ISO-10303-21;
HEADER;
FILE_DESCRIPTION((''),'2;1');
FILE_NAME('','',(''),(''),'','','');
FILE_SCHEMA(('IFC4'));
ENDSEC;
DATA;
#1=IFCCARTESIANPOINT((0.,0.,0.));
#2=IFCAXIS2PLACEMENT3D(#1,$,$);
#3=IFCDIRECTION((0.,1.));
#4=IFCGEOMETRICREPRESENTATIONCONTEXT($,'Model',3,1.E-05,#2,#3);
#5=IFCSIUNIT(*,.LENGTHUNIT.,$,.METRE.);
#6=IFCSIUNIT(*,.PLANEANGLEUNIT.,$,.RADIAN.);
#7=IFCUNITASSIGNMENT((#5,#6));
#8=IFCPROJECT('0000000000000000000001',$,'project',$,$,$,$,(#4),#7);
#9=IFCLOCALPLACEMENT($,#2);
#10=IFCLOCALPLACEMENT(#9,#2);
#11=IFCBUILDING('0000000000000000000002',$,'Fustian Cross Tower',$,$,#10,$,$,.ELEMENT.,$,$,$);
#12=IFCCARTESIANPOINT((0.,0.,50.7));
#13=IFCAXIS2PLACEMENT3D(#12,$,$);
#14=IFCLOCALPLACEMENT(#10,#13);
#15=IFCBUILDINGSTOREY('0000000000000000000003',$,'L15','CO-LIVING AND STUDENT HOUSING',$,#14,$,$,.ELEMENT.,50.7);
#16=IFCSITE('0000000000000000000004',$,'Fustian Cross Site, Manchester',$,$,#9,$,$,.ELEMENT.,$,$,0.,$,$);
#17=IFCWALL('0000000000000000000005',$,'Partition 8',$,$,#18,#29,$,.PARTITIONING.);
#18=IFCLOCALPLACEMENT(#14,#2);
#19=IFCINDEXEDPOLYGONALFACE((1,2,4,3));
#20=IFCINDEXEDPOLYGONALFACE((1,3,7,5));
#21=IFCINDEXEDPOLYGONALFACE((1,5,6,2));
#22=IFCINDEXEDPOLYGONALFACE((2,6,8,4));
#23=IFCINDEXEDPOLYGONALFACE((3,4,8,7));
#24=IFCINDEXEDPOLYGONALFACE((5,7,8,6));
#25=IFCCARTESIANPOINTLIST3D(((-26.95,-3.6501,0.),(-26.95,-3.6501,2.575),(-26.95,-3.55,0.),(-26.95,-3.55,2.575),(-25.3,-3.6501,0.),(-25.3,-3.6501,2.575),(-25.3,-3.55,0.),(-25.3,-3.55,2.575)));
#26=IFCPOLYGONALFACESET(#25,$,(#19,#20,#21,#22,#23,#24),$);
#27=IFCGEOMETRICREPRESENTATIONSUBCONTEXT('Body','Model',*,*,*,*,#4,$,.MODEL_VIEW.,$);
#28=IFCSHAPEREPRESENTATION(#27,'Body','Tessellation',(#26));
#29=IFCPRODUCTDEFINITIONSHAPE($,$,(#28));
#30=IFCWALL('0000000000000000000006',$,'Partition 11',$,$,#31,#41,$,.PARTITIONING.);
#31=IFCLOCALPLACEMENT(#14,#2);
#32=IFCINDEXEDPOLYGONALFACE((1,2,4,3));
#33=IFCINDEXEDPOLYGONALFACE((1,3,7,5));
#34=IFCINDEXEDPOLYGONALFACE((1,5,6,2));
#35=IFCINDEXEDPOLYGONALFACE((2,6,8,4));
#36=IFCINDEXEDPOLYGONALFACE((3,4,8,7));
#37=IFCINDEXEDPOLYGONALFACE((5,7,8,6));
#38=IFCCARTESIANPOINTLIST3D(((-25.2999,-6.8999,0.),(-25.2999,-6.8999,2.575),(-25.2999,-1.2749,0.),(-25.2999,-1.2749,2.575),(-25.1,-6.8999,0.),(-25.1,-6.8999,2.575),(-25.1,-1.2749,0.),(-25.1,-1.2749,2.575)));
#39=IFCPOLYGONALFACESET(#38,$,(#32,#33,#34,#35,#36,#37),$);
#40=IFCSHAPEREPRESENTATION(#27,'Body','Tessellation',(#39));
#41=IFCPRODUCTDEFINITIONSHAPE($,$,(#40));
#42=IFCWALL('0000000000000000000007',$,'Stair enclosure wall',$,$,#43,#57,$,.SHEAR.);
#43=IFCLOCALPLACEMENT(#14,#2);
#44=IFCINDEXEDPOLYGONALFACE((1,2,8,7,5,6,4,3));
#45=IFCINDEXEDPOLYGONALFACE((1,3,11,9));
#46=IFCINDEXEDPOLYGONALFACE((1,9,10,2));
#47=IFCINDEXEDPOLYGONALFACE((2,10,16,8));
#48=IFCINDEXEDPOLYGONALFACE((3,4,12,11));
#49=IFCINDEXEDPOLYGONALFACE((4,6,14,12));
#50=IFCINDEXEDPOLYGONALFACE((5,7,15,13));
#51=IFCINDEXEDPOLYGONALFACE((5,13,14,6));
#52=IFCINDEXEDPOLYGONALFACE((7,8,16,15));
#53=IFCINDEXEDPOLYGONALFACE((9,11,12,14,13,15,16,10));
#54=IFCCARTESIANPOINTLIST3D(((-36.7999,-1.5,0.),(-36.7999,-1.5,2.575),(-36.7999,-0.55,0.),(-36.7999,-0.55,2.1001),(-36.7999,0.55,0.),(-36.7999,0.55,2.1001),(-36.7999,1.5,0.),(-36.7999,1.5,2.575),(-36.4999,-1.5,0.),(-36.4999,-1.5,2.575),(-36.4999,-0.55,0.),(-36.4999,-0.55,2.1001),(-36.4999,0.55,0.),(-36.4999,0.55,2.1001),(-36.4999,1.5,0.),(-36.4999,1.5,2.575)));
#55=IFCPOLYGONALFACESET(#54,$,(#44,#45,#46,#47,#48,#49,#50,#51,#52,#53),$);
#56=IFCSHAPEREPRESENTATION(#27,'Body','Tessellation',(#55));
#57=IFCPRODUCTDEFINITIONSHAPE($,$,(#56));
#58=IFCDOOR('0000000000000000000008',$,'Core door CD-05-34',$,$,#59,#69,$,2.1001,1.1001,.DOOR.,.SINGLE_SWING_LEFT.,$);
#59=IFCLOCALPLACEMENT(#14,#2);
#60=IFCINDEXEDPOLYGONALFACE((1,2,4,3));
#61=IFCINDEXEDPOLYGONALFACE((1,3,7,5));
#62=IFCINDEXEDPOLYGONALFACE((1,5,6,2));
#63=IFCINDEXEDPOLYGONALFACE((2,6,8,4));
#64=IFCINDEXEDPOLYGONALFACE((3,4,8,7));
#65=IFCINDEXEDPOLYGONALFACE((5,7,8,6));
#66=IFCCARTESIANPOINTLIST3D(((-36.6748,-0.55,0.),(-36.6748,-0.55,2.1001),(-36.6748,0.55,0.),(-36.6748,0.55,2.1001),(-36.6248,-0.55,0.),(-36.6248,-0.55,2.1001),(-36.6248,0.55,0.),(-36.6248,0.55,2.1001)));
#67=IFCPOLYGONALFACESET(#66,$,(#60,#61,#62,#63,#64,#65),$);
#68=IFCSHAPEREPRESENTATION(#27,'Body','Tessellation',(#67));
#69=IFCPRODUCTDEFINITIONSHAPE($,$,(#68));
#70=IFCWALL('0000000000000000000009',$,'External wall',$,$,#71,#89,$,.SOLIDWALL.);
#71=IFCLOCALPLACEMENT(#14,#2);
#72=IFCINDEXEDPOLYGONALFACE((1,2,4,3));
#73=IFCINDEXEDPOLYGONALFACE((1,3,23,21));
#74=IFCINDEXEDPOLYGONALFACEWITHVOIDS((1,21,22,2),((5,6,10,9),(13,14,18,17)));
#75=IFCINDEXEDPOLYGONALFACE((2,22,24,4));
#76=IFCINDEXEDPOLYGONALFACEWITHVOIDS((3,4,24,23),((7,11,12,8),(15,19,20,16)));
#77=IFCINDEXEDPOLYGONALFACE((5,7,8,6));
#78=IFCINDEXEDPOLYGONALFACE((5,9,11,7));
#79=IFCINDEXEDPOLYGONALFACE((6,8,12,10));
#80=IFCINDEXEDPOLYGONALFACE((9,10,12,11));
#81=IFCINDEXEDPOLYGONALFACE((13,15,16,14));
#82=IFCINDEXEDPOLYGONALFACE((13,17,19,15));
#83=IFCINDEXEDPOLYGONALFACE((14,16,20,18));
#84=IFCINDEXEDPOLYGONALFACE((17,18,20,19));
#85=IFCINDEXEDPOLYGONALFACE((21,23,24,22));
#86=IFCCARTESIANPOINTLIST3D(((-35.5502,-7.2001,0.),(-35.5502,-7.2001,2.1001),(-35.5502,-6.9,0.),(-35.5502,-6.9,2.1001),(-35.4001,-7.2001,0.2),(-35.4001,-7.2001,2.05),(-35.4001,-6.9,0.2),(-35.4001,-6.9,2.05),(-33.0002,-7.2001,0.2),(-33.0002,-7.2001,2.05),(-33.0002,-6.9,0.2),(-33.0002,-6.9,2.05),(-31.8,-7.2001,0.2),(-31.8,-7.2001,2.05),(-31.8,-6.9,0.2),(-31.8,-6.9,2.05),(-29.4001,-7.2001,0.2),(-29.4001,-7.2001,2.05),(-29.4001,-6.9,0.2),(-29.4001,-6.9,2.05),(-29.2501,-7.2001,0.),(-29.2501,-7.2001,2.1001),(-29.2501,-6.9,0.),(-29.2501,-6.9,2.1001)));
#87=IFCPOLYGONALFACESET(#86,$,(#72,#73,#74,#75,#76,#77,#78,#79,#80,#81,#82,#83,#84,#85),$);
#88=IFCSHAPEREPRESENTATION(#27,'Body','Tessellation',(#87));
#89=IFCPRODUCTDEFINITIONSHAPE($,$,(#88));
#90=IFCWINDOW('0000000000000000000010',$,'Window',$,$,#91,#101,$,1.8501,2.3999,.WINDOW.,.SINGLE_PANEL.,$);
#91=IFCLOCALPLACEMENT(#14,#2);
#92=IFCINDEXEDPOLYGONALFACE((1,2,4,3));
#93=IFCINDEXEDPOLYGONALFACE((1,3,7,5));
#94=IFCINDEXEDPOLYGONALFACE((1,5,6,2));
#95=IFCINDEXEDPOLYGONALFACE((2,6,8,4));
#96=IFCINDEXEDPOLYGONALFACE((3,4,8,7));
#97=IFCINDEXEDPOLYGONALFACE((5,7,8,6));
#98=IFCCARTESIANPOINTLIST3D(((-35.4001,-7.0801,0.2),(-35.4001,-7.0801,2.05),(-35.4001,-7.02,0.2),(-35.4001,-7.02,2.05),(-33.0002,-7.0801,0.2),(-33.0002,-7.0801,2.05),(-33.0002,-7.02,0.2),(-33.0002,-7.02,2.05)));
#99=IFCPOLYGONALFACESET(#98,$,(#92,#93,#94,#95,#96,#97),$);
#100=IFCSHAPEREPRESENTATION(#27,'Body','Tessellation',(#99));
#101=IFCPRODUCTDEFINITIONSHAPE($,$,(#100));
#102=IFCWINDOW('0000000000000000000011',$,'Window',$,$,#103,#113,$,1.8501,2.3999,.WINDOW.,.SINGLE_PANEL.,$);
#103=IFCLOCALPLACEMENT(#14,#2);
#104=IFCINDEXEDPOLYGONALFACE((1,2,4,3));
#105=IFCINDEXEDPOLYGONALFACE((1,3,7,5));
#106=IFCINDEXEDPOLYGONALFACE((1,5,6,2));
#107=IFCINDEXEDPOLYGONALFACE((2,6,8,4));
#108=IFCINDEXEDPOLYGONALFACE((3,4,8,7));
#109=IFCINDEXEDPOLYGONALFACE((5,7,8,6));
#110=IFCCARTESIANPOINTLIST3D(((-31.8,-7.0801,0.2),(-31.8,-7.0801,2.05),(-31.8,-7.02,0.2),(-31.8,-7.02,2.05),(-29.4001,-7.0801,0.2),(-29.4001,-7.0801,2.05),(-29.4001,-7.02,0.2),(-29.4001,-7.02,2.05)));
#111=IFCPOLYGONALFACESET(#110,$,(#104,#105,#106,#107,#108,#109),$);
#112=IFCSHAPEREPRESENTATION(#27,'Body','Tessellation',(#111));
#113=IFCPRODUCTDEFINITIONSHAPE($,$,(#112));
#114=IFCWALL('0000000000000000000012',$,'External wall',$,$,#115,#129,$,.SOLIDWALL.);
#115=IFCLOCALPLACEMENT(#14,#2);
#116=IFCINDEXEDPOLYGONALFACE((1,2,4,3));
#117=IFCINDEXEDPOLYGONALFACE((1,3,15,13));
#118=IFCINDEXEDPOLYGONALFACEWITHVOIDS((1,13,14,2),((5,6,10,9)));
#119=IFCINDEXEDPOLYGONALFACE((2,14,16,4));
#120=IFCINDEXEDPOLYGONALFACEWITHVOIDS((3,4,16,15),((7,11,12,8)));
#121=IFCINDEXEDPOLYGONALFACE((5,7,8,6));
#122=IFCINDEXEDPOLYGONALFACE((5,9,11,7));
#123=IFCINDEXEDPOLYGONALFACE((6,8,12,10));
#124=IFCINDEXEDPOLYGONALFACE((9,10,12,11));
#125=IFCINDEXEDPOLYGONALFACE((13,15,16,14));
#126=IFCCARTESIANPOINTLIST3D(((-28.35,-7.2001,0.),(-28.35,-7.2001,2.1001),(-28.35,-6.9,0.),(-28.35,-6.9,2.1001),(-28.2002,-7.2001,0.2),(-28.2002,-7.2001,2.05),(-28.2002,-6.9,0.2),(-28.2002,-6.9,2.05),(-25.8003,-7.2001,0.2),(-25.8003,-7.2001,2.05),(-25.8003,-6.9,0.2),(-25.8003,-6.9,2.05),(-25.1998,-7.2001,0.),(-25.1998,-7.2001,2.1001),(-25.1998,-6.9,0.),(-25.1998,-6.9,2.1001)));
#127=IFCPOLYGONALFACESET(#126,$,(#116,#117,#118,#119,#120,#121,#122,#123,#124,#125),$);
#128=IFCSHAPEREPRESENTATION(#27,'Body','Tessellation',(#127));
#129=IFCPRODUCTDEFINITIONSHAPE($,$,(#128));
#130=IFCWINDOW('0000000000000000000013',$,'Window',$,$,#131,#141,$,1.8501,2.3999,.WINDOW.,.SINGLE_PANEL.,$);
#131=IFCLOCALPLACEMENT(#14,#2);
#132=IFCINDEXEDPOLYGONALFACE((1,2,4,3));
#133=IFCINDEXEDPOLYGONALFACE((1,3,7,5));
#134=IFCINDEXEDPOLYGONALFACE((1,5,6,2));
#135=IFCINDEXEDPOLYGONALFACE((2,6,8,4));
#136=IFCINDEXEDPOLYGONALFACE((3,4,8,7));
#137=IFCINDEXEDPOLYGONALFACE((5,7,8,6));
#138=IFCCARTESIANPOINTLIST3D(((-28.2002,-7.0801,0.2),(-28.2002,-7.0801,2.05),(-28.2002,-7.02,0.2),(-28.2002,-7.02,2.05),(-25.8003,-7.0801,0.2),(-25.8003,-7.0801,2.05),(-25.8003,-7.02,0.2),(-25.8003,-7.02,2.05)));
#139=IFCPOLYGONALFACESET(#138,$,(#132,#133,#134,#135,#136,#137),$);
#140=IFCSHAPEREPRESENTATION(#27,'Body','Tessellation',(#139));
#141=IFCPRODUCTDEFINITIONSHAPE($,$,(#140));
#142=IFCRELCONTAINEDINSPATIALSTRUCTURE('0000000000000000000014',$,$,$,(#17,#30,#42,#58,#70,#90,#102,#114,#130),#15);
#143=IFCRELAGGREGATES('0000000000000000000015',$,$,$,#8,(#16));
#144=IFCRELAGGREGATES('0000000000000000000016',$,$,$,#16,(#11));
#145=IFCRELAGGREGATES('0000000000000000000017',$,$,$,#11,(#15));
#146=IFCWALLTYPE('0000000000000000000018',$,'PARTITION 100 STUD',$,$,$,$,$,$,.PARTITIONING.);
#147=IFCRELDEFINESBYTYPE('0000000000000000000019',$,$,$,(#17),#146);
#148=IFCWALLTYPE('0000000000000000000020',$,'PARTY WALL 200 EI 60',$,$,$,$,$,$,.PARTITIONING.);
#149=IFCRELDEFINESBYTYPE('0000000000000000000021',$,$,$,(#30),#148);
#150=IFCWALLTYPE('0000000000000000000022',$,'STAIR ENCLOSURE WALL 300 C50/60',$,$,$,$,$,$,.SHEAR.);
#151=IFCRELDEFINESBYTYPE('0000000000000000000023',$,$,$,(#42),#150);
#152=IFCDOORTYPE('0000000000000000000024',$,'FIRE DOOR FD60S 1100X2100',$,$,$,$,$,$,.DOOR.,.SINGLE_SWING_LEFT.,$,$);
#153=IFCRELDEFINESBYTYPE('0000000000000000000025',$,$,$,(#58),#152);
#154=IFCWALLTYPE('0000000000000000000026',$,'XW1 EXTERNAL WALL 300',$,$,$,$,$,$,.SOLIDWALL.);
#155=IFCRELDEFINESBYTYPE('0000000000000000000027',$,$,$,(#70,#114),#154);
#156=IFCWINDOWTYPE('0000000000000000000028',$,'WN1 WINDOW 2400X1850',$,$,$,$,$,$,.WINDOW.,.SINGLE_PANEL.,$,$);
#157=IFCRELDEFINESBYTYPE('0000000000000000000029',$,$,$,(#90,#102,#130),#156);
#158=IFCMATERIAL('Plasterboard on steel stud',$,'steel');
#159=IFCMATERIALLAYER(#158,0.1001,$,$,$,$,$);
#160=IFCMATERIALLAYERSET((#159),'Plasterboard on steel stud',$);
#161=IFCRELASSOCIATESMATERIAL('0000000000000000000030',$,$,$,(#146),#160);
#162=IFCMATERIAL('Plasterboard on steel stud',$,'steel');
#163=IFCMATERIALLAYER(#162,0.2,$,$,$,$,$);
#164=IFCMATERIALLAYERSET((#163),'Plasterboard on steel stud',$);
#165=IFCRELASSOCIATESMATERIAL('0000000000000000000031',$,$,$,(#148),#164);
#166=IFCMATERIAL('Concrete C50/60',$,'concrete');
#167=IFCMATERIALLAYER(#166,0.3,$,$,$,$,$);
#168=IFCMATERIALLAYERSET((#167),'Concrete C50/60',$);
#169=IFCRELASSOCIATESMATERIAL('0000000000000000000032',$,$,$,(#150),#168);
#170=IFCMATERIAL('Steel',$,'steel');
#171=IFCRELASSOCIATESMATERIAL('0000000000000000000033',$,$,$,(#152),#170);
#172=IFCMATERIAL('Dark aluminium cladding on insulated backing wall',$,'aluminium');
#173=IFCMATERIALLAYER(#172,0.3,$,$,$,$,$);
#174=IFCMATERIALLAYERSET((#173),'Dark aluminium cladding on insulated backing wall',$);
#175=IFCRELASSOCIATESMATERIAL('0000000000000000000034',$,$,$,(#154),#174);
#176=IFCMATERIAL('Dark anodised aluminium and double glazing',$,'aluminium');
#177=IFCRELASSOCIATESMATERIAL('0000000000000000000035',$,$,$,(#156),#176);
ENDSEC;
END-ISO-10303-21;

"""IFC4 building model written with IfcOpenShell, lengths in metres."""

from ifc_helpers import new_model, si_unit, direction, frame, frame_2d, origin, place, context, subcontext, project, spatial, rectangle, extrude, material, layer, layer_set, type_object, element, fill, save


model = new_model("IFC4")

# Units and contexts
model_context = context("Model", 3, precision=1e-05, world=origin(), true_north=direction((0.0, 1.0)))
body_context = subcontext(model_context, "Body", "Model", "MODEL_VIEW")
ifc_project = project(units=[si_unit("LENGTHUNIT", "METRE"), si_unit("PLANEANGLEUNIT", "RADIAN")], contexts=[model_context])

# Site, building, storey
site_placement = place(None, origin())
site = spatial("IfcSite", under=ifc_project, at=site_placement, Name="Fustian Cross Site, Manchester", CompositionType="ELEMENT", RefElevation=0.0)
building_placement = place(site_placement, origin())
building = spatial("IfcBuilding", under=site, at=building_placement, Name="Fustian Cross Tower", CompositionType="ELEMENT")
storey_placement = place(building_placement, frame((0.0, 0.0, 50.7)))
storey = spatial("IfcBuildingStorey", under=building, at=storey_placement, Name="L15", Description="CO-LIVING AND STUDENT HOUSING", CompositionType="ELEMENT", Elevation=50.7)

# Shared definitions
ifc_material_1 = material(Name="Plasterboard on steel stud", Category="steel")
ifc_layer_1 = layer(ifc_material_1, 0.1001)
ifc_layer_set_1 = layer_set([ifc_layer_1], Name="Plasterboard on steel stud")
wall_type_1 = type_object("IfcWallType", Name="PARTITION 100 STUD", PredefinedType="PARTITIONING", material=ifc_layer_set_1)

# Walls
wall_1_placement = place(storey_placement, frame((-26.95, -3.6001, 0.0), z_axis=(0.0, 0.0, 1.0), x_axis=(1.0, 0.0, 0.0)))
element("IfcWall", 1, at=wall_1_placement, inside=storey, type_object=wall_type_1, Name="Partition 8", PredefinedType="PARTITIONING", context=body_context, shape_type="SweptSolid", body=[
    extrude(rectangle(XDim=1.6499, YDim=0.1001, at=frame_2d((0.825, 0.0))), origin(), (0.0, 0.0, 1.0), 2.575),
])
ifc_material_2 = material(Name="Plasterboard on steel stud", Category="steel")
ifc_layer_2 = layer(ifc_material_2, 0.2)
ifc_layer_set_2 = layer_set([ifc_layer_2], Name="Plasterboard on steel stud")
wall_type_2 = type_object("IfcWallType", Name="PARTY WALL 200 EI 60", PredefinedType="PARTITIONING", material=ifc_layer_set_2)
wall_2_placement = place(storey_placement, frame((-25.2, -6.8999, 0.0), z_axis=(0.0, 0.0, 1.0), x_axis=(0.0, 1.0, 0.0)))
element("IfcWall", 2, at=wall_2_placement, inside=storey, type_object=wall_type_2, Name="Partition 11", PredefinedType="PARTITIONING", context=body_context, shape_type="SweptSolid", body=[
    extrude(rectangle(XDim=5.625, YDim=0.2, at=frame_2d((2.8125, 0.0))), origin(), (0.0, 0.0, 1.0), 2.575),
])

# Wall, opening, door
ifc_material_3 = material(Name="Concrete C50/60", Category="concrete")
ifc_layer_3 = layer(ifc_material_3, 0.3)
ifc_layer_set_3 = layer_set([ifc_layer_3], Name="Concrete C50/60")
wall_type_3 = type_object("IfcWallType", Name="STAIR ENCLOSURE WALL 300 C50/60", PredefinedType="SHEAR", material=ifc_layer_set_3)
wall_3_placement = place(storey_placement, frame((-36.6499, -1.5, 0.0), z_axis=(0.0, 0.0, 1.0), x_axis=(0.0, 1.0, 0.0)))
wall_3 = element("IfcWall", 3, at=wall_3_placement, inside=storey, type_object=wall_type_3, Name="Stair enclosure wall", PredefinedType="SHEAR", context=body_context, shape_type="SweptSolid", body=[
    extrude(rectangle(XDim=3.0, YDim=0.3, at=frame_2d((1.5, 0.0))), origin(), (0.0, 0.0, 1.0), 2.575),
])
opening_1_placement = place(wall_3_placement, frame((0.95, 0.0, 0.0)))
opening_1 = element("IfcOpeningElement", 4, at=opening_1_placement, cuts=wall_3, PredefinedType="OPENING", context=body_context, shape_type="SweptSolid", body=[
    extrude(rectangle(XDim=1.1001, YDim=2.1001, at=frame_2d((0.55, 1.05))), frame((0.0, 0.1599, 0.0), z_axis=(0.0, -1.0, 0.0), x_axis=(1.0, 0.0, 0.0)), (0.0, 0.0, 1.0), 0.3201),
])
ifc_material_4 = material(Name="Steel", Category="steel")
door_type_1 = type_object("IfcDoorType", Name="FIRE DOOR FD60S 1100X2100", OperationType="SINGLE_SWING_LEFT", PredefinedType="DOOR", material=ifc_material_4)
door_1_placement = place(opening_1_placement, origin())
door_1 = element("IfcDoor", 5, at=door_1_placement, inside=storey, type_object=door_type_1, Name="Core door CD-05-34", OperationType="SINGLE_SWING_LEFT", OverallHeight=2.1001, OverallWidth=1.1001, PredefinedType="DOOR", context=body_context, shape_type="SweptSolid", body=[
    extrude(rectangle(XDim=1.1001, YDim=2.1001, at=frame_2d((0.55, 1.05))), frame((0.0, 0.0249, 0.0), z_axis=(0.0, -1.0, 0.0), x_axis=(1.0, 0.0, 0.0)), (0.0, 0.0, 1.0), 0.05),
])
fill(opening_1, door_1)

# Wall, openings, windows
ifc_material_5 = material(Name="Dark aluminium cladding on insulated backing wall", Category="aluminium")
ifc_layer_4 = layer(ifc_material_5, 0.3)
ifc_layer_set_4 = layer_set([ifc_layer_4], Name="Dark aluminium cladding on insulated backing wall")
wall_type_4 = type_object("IfcWallType", Name="XW1 EXTERNAL WALL 300", PredefinedType="SOLIDWALL", material=ifc_layer_set_4)
wall_4_placement = place(storey_placement, frame((-35.55, -7.05, 0.0), z_axis=(0.0, 0.0, 1.0), x_axis=(1.0, 0.0, 0.0)))
wall_4 = element("IfcWall", 6, at=wall_4_placement, inside=storey, type_object=wall_type_4, Name="External wall", PredefinedType="SOLIDWALL", context=body_context, shape_type="SweptSolid", body=[
    extrude(rectangle(XDim=6.3, YDim=0.3, at=frame_2d((3.1499, 0.0))), origin(), (0.0, 0.0, 1.0), 2.1001),
])
opening_2_placement = place(wall_4_placement, frame((0.1499, 0.0, 0.2)))
opening_2 = element("IfcOpeningElement", 7, at=opening_2_placement, cuts=wall_4, PredefinedType="OPENING", context=body_context, shape_type="SweptSolid", body=[
    extrude(rectangle(XDim=2.3999, YDim=1.8501, at=frame_2d((1.2, 0.925))), frame((0.0, 0.1599, 0.0), z_axis=(0.0, -1.0, 0.0), x_axis=(1.0, 0.0, 0.0)), (0.0, 0.0, 1.0), 0.3201),
])
opening_3_placement = place(wall_4_placement, frame((3.75, 0.0, 0.2)))
opening_3 = element("IfcOpeningElement", 8, at=opening_3_placement, cuts=wall_4, PredefinedType="OPENING", context=body_context, shape_type="SweptSolid", body=[
    extrude(rectangle(XDim=2.3999, YDim=1.8501, at=frame_2d((1.2, 0.925))), frame((0.0, 0.1599, 0.0), z_axis=(0.0, -1.0, 0.0), x_axis=(1.0, 0.0, 0.0)), (0.0, 0.0, 1.0), 0.3201),
])
ifc_material_6 = material(Name="Dark anodised aluminium and double glazing", Category="aluminium")
window_type = type_object("IfcWindowType", Name="WN1 WINDOW 2400X1850", PartitioningType="SINGLE_PANEL", PredefinedType="WINDOW", material=ifc_material_6)
window_1_placement = place(opening_2_placement, origin())
window_1 = element("IfcWindow", 9, at=window_1_placement, inside=storey, type_object=window_type, Name="Window", OverallHeight=1.8501, OverallWidth=2.3999, PartitioningType="SINGLE_PANEL", PredefinedType="WINDOW", context=body_context, shape_type="SweptSolid", body=[
    extrude(rectangle(XDim=2.3999, YDim=1.8501, at=frame_2d((1.2, 0.925))), frame((0.0, 0.03, 0.0), z_axis=(0.0, -1.0, 0.0), x_axis=(1.0, 0.0, 0.0)), (0.0, 0.0, 1.0), 0.0601),
])
fill(opening_2, window_1)
window_2_placement = place(opening_3_placement, origin())
window_2 = element("IfcWindow", 10, at=window_2_placement, inside=storey, type_object=window_type, Name="Window", OverallHeight=1.8501, OverallWidth=2.3999, PartitioningType="SINGLE_PANEL", PredefinedType="WINDOW", context=body_context, shape_type="SweptSolid", body=[
    extrude(rectangle(XDim=2.3999, YDim=1.8501, at=frame_2d((1.2, 0.925))), frame((0.0, 0.03, 0.0), z_axis=(0.0, -1.0, 0.0), x_axis=(1.0, 0.0, 0.0)), (0.0, 0.0, 1.0), 0.0601),
])
fill(opening_3, window_2)

# Wall, opening, window
wall_5_placement = place(storey_placement, frame((-28.3501, -7.05, 0.0), z_axis=(0.0, 0.0, 1.0), x_axis=(1.0, 0.0, 0.0)))
wall_5 = element("IfcWall", 11, at=wall_5_placement, inside=storey, type_object=wall_type_4, Name="External wall", PredefinedType="SOLIDWALL", context=body_context, shape_type="SweptSolid", body=[
    extrude(rectangle(XDim=3.1501, YDim=0.3, at=frame_2d((1.5752, 0.0))), origin(), (0.0, 0.0, 1.0), 2.1001),
])
opening_4_placement = place(wall_5_placement, frame((0.1499, 0.0, 0.2)))
opening_4 = element("IfcOpeningElement", 12, at=opening_4_placement, cuts=wall_5, PredefinedType="OPENING", context=body_context, shape_type="SweptSolid", body=[
    extrude(rectangle(XDim=2.3999, YDim=1.8501, at=frame_2d((1.2, 0.925))), frame((0.0, 0.1599, 0.0), z_axis=(0.0, -1.0, 0.0), x_axis=(1.0, 0.0, 0.0)), (0.0, 0.0, 1.0), 0.3201),
])
window_3_placement = place(opening_4_placement, origin())
window_3 = element("IfcWindow", 13, at=window_3_placement, inside=storey, type_object=window_type, Name="Window", OverallHeight=1.8501, OverallWidth=2.3999, PartitioningType="SINGLE_PANEL", PredefinedType="WINDOW", context=body_context, shape_type="SweptSolid", body=[
    extrude(rectangle(XDim=2.3999, YDim=1.8501, at=frame_2d((1.2, 0.925))), frame((0.0, 0.03, 0.0), z_axis=(0.0, -1.0, 0.0), x_axis=(1.0, 0.0, 0.0)), (0.0, 0.0, 1.0), 0.0601),
])
fill(opening_4, window_3)

save(model, "model.ifc")
